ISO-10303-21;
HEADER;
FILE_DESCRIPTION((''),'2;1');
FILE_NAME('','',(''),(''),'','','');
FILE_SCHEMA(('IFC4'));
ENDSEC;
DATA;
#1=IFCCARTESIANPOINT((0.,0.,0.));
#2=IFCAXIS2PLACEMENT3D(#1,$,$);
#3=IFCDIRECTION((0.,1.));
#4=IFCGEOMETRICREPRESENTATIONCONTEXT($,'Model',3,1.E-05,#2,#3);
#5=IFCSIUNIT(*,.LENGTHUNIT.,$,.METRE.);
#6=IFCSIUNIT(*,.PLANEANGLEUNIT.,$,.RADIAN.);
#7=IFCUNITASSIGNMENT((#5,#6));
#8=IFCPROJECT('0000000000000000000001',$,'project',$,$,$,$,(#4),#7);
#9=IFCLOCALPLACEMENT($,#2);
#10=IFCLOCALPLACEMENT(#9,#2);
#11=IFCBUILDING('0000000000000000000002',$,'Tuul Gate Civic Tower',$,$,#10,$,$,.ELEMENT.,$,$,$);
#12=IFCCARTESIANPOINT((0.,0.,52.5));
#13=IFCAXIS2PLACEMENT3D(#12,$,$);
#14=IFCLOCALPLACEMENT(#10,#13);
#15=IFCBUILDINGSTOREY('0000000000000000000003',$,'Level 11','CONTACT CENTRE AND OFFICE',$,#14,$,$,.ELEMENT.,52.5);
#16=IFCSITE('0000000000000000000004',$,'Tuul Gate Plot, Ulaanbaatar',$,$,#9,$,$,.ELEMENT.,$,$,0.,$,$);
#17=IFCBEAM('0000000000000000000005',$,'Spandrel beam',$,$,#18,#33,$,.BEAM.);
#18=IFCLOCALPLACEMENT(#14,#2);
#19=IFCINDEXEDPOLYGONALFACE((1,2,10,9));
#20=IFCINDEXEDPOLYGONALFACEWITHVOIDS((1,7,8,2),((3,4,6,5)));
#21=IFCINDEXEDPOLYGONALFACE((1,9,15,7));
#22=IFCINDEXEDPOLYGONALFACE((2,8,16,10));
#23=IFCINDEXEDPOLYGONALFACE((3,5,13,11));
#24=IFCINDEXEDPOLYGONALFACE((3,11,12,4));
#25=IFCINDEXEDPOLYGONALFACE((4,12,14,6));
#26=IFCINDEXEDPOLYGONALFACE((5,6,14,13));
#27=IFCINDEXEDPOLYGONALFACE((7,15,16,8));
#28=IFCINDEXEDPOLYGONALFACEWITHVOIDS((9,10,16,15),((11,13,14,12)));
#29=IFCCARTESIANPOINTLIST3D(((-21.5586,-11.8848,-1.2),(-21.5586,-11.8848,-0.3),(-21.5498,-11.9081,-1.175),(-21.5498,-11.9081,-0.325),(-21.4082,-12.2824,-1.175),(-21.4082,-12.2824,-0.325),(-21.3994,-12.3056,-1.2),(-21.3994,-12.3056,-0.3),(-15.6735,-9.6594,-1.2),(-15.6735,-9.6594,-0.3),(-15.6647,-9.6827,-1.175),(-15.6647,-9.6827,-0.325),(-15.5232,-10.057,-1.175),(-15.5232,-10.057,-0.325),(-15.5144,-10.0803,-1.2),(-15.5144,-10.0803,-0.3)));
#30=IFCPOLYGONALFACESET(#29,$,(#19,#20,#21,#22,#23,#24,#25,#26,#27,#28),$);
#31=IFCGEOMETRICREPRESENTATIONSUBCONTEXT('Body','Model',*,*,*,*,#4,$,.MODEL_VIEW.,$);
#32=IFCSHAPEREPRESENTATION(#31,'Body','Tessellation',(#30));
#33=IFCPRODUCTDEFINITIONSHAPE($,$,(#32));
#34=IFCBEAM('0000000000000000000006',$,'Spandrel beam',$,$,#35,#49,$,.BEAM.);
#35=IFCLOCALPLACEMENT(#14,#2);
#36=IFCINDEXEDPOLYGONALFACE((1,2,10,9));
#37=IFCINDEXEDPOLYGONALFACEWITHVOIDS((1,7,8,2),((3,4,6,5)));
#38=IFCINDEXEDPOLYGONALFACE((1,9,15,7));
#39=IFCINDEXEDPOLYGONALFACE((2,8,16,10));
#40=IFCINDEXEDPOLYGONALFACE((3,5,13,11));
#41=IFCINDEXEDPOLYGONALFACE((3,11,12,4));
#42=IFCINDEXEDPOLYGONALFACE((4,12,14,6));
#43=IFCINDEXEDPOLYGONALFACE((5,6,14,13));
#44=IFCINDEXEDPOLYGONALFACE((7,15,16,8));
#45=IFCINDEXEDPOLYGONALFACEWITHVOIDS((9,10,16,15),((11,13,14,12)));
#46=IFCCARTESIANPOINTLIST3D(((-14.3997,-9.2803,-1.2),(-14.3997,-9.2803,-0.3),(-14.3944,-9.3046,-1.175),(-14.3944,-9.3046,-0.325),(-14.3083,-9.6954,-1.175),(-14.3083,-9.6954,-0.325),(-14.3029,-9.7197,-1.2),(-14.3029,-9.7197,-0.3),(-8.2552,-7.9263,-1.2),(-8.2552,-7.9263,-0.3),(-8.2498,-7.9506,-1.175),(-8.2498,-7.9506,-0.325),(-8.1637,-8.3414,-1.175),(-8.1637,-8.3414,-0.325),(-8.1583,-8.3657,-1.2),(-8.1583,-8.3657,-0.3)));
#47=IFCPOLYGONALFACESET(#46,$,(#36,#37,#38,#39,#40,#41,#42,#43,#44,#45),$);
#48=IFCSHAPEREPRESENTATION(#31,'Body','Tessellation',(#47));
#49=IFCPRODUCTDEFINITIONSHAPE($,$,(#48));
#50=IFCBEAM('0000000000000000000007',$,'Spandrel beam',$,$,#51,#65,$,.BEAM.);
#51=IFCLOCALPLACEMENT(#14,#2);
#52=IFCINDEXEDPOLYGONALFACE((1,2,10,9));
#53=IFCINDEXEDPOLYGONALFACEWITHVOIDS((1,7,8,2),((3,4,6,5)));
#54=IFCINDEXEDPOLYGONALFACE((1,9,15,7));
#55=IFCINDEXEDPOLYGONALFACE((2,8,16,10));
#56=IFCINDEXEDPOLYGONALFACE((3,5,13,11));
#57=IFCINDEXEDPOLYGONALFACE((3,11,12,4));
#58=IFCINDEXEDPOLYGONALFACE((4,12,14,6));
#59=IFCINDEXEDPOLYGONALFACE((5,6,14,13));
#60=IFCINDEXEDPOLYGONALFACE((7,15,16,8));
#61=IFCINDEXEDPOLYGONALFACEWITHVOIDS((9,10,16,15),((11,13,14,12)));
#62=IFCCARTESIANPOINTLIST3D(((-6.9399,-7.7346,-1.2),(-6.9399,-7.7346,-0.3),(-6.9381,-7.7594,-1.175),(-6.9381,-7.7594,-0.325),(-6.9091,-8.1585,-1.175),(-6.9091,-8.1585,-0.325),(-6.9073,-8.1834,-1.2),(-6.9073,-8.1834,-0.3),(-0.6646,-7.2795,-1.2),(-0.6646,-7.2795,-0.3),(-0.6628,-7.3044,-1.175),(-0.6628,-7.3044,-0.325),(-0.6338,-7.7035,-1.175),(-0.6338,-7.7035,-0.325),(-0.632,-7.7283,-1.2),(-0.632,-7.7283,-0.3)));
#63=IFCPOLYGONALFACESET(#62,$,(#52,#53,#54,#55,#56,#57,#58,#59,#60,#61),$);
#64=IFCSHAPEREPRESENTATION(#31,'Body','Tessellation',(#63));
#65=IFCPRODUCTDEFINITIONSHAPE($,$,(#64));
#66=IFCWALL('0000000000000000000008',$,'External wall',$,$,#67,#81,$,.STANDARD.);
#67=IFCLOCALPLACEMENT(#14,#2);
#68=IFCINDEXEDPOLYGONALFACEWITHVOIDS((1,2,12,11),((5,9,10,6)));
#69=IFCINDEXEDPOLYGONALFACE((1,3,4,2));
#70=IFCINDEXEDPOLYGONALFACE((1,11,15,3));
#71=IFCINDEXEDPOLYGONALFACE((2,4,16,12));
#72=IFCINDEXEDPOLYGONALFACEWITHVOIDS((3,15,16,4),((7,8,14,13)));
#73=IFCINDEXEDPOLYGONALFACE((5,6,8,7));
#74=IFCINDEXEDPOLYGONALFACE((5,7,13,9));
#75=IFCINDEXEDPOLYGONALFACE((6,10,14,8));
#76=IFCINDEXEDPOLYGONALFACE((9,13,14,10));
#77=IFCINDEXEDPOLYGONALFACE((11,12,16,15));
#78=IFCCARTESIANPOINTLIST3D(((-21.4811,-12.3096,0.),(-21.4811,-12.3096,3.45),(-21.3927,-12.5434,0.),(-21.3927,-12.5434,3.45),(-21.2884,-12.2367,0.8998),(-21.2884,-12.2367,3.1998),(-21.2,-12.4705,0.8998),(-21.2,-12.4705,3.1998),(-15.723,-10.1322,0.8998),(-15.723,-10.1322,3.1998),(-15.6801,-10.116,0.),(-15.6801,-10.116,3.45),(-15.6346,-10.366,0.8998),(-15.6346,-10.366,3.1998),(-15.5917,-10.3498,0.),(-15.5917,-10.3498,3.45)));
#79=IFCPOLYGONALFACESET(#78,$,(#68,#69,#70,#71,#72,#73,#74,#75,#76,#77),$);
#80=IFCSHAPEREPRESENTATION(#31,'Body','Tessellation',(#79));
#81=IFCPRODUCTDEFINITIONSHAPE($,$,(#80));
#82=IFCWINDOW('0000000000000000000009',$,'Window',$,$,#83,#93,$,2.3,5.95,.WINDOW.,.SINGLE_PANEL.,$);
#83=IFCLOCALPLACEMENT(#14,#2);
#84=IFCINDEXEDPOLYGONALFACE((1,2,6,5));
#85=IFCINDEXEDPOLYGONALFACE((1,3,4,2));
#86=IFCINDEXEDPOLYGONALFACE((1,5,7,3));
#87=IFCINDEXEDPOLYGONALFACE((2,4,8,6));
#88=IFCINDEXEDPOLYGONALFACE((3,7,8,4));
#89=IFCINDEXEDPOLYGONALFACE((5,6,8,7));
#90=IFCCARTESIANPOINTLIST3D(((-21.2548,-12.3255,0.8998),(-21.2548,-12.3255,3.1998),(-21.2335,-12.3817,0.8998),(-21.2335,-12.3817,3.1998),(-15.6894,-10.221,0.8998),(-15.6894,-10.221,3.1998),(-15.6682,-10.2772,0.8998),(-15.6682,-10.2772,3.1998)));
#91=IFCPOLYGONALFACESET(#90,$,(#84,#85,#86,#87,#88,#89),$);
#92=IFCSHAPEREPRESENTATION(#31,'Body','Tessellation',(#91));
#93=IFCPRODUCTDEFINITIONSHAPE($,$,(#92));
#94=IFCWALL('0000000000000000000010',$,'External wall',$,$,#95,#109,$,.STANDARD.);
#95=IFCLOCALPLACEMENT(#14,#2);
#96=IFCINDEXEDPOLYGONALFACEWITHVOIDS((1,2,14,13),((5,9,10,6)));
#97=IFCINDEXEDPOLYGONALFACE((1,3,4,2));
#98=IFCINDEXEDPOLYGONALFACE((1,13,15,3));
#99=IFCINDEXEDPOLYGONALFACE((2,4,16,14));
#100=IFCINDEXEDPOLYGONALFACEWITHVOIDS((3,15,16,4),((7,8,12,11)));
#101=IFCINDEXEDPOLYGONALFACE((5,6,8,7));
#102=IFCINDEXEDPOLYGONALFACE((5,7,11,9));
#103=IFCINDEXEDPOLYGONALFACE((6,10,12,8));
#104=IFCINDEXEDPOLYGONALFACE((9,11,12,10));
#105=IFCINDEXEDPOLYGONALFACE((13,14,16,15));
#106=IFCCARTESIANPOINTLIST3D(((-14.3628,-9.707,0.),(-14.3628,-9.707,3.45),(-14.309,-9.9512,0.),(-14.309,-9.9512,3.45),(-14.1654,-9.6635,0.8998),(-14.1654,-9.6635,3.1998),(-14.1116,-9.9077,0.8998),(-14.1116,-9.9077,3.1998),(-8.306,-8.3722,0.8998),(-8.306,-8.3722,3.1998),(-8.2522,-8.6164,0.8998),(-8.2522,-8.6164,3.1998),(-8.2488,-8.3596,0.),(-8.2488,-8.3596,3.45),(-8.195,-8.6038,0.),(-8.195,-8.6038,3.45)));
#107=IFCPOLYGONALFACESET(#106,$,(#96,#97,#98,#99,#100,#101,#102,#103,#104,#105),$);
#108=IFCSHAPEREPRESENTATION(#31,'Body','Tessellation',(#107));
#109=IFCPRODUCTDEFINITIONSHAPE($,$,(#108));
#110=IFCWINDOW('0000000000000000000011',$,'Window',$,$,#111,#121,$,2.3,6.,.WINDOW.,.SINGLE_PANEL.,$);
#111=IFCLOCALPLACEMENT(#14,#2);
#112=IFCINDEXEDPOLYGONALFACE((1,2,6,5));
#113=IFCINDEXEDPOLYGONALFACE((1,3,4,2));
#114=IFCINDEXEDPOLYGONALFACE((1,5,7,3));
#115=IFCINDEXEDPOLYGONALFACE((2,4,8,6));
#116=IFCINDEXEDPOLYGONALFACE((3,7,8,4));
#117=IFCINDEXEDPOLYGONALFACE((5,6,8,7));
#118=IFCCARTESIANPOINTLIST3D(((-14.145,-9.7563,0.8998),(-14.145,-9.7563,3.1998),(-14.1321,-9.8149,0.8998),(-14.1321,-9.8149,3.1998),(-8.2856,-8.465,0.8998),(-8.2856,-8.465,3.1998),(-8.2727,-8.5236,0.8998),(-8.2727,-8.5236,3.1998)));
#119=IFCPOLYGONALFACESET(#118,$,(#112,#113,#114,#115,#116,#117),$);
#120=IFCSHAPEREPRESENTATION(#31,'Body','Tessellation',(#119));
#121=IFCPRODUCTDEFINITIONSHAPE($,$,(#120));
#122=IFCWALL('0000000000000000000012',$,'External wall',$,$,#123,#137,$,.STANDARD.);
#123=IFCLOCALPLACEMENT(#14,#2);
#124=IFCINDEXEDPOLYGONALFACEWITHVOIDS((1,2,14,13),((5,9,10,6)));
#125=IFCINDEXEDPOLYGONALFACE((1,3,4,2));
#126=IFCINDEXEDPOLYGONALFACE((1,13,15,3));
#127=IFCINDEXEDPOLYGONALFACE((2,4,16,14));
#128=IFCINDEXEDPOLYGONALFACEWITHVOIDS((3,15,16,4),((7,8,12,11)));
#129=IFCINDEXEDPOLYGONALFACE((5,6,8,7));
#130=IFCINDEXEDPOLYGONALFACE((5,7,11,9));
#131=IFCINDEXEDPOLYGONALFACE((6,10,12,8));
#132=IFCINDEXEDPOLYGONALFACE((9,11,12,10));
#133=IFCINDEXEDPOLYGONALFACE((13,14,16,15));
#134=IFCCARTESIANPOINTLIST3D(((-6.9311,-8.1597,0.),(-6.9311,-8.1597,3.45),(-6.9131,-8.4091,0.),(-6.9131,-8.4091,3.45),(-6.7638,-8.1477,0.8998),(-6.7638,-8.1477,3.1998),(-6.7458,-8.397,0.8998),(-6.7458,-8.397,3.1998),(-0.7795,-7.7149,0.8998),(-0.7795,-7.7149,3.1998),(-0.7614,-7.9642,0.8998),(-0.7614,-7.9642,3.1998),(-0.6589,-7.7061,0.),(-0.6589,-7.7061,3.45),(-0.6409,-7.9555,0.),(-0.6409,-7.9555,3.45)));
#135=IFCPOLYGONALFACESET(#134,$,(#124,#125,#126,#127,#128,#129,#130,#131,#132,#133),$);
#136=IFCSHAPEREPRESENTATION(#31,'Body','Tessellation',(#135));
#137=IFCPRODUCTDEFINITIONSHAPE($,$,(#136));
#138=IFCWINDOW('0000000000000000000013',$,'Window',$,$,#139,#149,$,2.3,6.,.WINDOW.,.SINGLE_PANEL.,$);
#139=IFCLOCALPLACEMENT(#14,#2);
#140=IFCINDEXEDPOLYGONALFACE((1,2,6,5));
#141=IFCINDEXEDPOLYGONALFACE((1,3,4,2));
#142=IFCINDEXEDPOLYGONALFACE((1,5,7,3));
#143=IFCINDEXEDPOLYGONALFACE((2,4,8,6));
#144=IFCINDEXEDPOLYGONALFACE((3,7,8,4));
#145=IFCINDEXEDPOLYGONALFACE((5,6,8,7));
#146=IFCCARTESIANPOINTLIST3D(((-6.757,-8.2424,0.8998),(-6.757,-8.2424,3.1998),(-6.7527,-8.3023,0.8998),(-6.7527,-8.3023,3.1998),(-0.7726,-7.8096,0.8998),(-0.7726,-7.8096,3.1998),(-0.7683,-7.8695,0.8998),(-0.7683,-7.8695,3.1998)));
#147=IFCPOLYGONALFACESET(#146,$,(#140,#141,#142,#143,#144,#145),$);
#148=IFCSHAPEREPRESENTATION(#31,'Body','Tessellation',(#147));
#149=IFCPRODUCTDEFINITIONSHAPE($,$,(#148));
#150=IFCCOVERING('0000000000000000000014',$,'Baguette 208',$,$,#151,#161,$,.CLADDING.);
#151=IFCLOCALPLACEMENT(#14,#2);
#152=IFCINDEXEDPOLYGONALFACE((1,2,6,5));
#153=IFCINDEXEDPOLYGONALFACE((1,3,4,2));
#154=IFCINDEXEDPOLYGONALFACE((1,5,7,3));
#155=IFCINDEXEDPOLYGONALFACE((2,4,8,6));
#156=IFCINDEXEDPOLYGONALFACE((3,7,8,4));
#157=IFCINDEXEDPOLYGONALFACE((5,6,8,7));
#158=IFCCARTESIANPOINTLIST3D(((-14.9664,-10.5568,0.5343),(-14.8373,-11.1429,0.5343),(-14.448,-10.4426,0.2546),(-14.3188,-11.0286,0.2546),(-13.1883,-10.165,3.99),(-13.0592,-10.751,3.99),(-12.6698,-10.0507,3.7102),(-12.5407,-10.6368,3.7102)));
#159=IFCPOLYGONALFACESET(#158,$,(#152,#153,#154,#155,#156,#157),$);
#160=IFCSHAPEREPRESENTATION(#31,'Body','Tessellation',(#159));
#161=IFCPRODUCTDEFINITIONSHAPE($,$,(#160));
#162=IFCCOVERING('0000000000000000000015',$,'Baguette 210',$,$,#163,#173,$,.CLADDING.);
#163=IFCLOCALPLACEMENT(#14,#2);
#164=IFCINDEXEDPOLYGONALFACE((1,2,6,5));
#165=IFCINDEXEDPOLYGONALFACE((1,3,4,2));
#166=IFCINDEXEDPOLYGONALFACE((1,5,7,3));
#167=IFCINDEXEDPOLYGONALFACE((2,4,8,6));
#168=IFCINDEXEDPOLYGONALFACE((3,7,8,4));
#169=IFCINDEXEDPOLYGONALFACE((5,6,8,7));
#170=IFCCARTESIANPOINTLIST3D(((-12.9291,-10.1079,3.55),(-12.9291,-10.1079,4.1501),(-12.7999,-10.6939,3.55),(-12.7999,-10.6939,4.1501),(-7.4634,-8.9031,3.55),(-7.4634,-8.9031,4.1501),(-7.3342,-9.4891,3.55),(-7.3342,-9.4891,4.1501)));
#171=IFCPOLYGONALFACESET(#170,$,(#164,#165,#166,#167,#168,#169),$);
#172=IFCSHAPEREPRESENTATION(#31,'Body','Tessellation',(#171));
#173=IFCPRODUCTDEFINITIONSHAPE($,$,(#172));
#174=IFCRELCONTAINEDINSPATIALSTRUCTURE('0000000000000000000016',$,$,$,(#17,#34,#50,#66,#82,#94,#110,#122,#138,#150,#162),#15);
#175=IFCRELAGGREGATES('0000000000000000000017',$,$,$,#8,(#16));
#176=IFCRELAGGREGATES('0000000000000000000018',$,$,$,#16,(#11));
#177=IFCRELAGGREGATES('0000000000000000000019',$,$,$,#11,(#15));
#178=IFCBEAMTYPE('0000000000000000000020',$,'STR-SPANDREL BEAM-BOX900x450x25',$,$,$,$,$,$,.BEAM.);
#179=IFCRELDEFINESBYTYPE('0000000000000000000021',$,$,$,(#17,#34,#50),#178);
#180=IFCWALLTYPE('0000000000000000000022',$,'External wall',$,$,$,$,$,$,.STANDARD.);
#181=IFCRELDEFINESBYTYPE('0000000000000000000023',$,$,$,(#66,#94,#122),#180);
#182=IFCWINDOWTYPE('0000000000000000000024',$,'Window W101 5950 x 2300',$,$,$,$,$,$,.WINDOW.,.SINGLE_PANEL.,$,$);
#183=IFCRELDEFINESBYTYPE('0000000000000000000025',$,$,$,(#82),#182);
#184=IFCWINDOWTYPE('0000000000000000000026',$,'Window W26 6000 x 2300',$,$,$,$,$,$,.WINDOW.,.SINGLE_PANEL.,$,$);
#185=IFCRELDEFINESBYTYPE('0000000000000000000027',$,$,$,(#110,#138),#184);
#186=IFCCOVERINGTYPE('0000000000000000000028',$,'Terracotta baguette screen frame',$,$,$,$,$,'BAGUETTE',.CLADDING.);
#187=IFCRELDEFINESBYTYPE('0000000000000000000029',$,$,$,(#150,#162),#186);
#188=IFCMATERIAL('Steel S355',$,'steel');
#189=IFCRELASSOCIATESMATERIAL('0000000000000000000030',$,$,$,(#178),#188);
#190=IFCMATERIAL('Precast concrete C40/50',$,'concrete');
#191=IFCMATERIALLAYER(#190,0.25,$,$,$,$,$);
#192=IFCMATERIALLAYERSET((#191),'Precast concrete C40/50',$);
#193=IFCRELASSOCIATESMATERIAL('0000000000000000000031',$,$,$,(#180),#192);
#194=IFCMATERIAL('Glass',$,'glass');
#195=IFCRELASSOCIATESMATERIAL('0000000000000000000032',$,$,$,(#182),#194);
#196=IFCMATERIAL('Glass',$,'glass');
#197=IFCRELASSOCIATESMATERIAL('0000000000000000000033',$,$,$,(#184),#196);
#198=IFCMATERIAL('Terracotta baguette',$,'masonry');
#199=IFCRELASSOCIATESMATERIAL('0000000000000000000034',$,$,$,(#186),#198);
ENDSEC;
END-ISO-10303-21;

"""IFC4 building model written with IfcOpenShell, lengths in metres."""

from ifc_helpers import new_model, si_unit, direction, frame, frame_2d, origin, origin_2d, place, context, subcontext, project, spatial, rectangle, hollow_rectangle, extrude, material, layer, layer_set, material_profile, profile_set, type_object, element, fill, save


model = new_model("IFC4")

# Units and contexts
model_context = context("Model", 3, precision=1e-05, world=origin(), true_north=direction((0.0, 1.0)))
body_context = subcontext(model_context, "Body", "Model", "MODEL_VIEW")
ifc_project = project(units=[si_unit("LENGTHUNIT", "METRE"), si_unit("PLANEANGLEUNIT", "RADIAN")], contexts=[model_context])

# Site, building, storey
site_placement = place(None, origin())
site = spatial("IfcSite", under=ifc_project, at=site_placement, Name="Tuul Gate Plot, Ulaanbaatar", CompositionType="ELEMENT", RefElevation=0.0)
building_placement = place(site_placement, origin())
building = spatial("IfcBuilding", under=site, at=building_placement, Name="Tuul Gate Civic Tower", CompositionType="ELEMENT")
storey_placement = place(building_placement, frame((0.0, 0.0, 52.5)))
storey = spatial("IfcBuildingStorey", under=building, at=storey_placement, Name="Level 11", Description="CONTACT CENTRE AND OFFICE", CompositionType="ELEMENT", Elevation=52.5)

# Beams
ifc_material_1 = material(Name="Steel S355", Category="steel")
ifc_material_profile_1 = material_profile(ifc_material_1, hollow_rectangle(XDim=0.45, YDim=0.8999, WallThickness=0.0249, at=origin_2d()), Name="BOX900x450x25")
ifc_profile_set_1 = profile_set([ifc_material_profile_1], Name="Steel S355")
beam_type_1 = type_object("IfcBeamType", Name="STR-SPANDREL BEAM-BOX900x450x25", PredefinedType="BEAM", material=ifc_profile_set_1)
beam_1_placement = place(storey_placement, frame((-21.479, -12.0952, -0.75), z_axis=(0.935361, 0.353695, 0.0), x_axis=(-0.353695, 0.935361, 0.0)))
element("IfcBeam", 1, at=beam_1_placement, inside=storey, type_object=beam_type_1, Name="Spandrel beam", PredefinedType="BEAM", context=body_context, shape_type="SweptSolid", body=[
    extrude(hollow_rectangle(XDim=0.45, YDim=0.8999, WallThickness=0.0249, at=origin_2d()), origin(), (0.0, 0.0, 1.0), 6.2917),
])
beam_2_placement = place(storey_placement, frame((-14.3513, -9.5, -0.75), z_axis=(0.976571, 0.215196, 0.0), x_axis=(-0.215196, 0.976571, 0.0)))
element("IfcBeam", 2, at=beam_2_placement, inside=storey, type_object=beam_type_1, Name="Spandrel beam", PredefinedType="BEAM", context=body_context, shape_type="SweptSolid", body=[
    extrude(hollow_rectangle(XDim=0.45, YDim=0.8999, WallThickness=0.0249, at=origin_2d()), origin(), (0.0, 0.0, 1.0), 6.292),
])
beam_3_placement = place(storey_placement, frame((-6.9236, -7.959, -0.75), z_axis=(0.997381, 0.072328, 0.0), x_axis=(-0.072328, 0.997381, 0.0)))
element("IfcBeam", 3, at=beam_3_placement, inside=storey, type_object=beam_type_1, Name="Spandrel beam", PredefinedType="BEAM", context=body_context, shape_type="SweptSolid", body=[
    extrude(hollow_rectangle(XDim=0.45, YDim=0.8999, WallThickness=0.0249, at=origin_2d()), origin(), (0.0, 0.0, 1.0), 6.2917),
])

# Walls, openings, windows
ifc_material_2 = material(Name="Precast concrete C40/50", Category="concrete")
ifc_layer = layer(ifc_material_2, 0.25)
ifc_layer_set = layer_set([ifc_layer], Name="Precast concrete C40/50")
wall_type = type_object("IfcWallType", Name="External wall", PredefinedType="STANDARD", material=ifc_layer_set)
wall_1_placement = place(storey_placement, frame((-21.437, -12.4265, 0.0), z_axis=(0.0, 0.0, 1.0), x_axis=(0.93536, 0.353698, 0.0)))
wall_1 = element("IfcWall", 4, at=wall_1_placement, inside=storey, type_object=wall_type, Name="External wall", PredefinedType="STANDARD", context=body_context, shape_type="SweptSolid", body=[
    extrude(rectangle(XDim=6.2019, YDim=0.25, at=frame_2d((3.1011, 0.0))), origin(), (0.0, 0.0, 1.0), 3.45),
])
opening_1_placement = place(wall_1_placement, frame((0.2061, 0.0, 0.8999)))
opening_1 = element("IfcOpeningElement", 5, at=opening_1_placement, cuts=wall_1, PredefinedType="OPENING", context=body_context, shape_type="SweptSolid", body=[
    extrude(rectangle(XDim=5.95, YDim=2.3, at=frame_2d((2.9751, 1.1499))), frame((0.0, 0.135, 0.0), z_axis=(0.0, -1.0, 0.0), x_axis=(1.0, 0.0, 0.0)), (0.0, 0.0, 1.0), 0.27),
])
ifc_material_3 = material(Name="Glass", Category="glass")
window_type_1 = type_object("IfcWindowType", Name="Window W101 5950 x 2300", PartitioningType="SINGLE_PANEL", PredefinedType="WINDOW", material=ifc_material_3)
window_1_placement = place(opening_1_placement, origin())
window_1 = element("IfcWindow", 6, at=window_1_placement, inside=storey, type_object=window_type_1, Name="Window", OverallHeight=2.3, OverallWidth=5.95, PartitioningType="SINGLE_PANEL", PredefinedType="WINDOW", context=body_context, shape_type="SweptSolid", body=[
    extrude(rectangle(XDim=5.95, YDim=2.3, at=frame_2d((2.9751, 1.1499))), frame((0.0, 0.03, 0.0), z_axis=(0.0, -1.0, 0.0), x_axis=(1.0, 0.0, 0.0)), (0.0, 0.0, 1.0), 0.0601),
])
fill(opening_1, window_1)
wall_2_placement = place(storey_placement, frame((-14.3359, -9.8291, 0.0), z_axis=(0.0, 0.0, 1.0), x_axis=(0.976566, 0.215217, 0.0)))
wall_2 = element("IfcWall", 7, at=wall_2_placement, inside=storey, type_object=wall_type, Name="External wall", PredefinedType="STANDARD", context=body_context, shape_type="SweptSolid", body=[
    extrude(rectangle(XDim=6.2607, YDim=0.25, at=frame_2d((3.1304, 0.0))), origin(), (0.0, 0.0, 1.0), 3.45),
])
opening_2_placement = place(wall_2_placement, frame((0.2021, 0.0, 0.8999)))
opening_2 = element("IfcOpeningElement", 8, at=opening_2_placement, cuts=wall_2, PredefinedType="OPENING", context=body_context, shape_type="SweptSolid", body=[
    extrude(rectangle(XDim=6.0, YDim=2.3, at=frame_2d((3.0, 1.1499))), frame((0.0, 0.135, 0.0), z_axis=(0.0, -1.0, 0.0), x_axis=(1.0, 0.0, 0.0)), (0.0, 0.0, 1.0), 0.27),
])
ifc_material_4 = material(Name="Glass", Category="glass")
window_type_2 = type_object("IfcWindowType", Name="Window W26 6000 x 2300", PartitioningType="SINGLE_PANEL", PredefinedType="WINDOW", material=ifc_material_4)
window_2_placement = place(opening_2_placement, origin())
window_2 = element("IfcWindow", 9, at=window_2_placement, inside=storey, type_object=window_type_2, Name="Window", OverallHeight=2.3, OverallWidth=6.0, PartitioningType="SINGLE_PANEL", PredefinedType="WINDOW", context=body_context, shape_type="SweptSolid", body=[
    extrude(rectangle(XDim=6.0, YDim=2.3, at=frame_2d((3.0, 1.1499))), frame((0.0, 0.03, 0.0), z_axis=(0.0, -1.0, 0.0), x_axis=(1.0, 0.0, 0.0)), (0.0, 0.0, 1.0), 0.0601),
])
fill(opening_2, window_2)
wall_3_placement = place(storey_placement, frame((-6.9221, -8.2844, 0.0), z_axis=(0.0, 0.0, 1.0), x_axis=(0.997395, 0.072133, 0.0)))
wall_3 = element("IfcWall", 10, at=wall_3_placement, inside=storey, type_object=wall_type, Name="External wall", PredefinedType="STANDARD", context=body_context, shape_type="SweptSolid", body=[
    extrude(rectangle(XDim=6.2886, YDim=0.25, at=frame_2d((3.1443, 0.0))), origin(), (0.0, 0.0, 1.0), 3.45),
])
opening_3_placement = place(wall_3_placement, frame((0.1677, 0.0, 0.8999)))
opening_3 = element("IfcOpeningElement", 11, at=opening_3_placement, cuts=wall_3, PredefinedType="OPENING", context=body_context, shape_type="SweptSolid", body=[
    extrude(rectangle(XDim=6.0, YDim=2.3, at=frame_2d((3.0, 1.1499))), frame((0.0, 0.135, 0.0), z_axis=(0.0, -1.0, 0.0), x_axis=(1.0, 0.0, 0.0)), (0.0, 0.0, 1.0), 0.27),
])
window_3_placement = place(opening_3_placement, origin())
window_3 = element("IfcWindow", 12, at=window_3_placement, inside=storey, type_object=window_type_2, Name="Window", OverallHeight=2.3, OverallWidth=6.0, PartitioningType="SINGLE_PANEL", PredefinedType="WINDOW", context=body_context, shape_type="SweptSolid", body=[
    extrude(rectangle(XDim=6.0, YDim=2.3, at=frame_2d((3.0, 1.1499))), frame((0.0, 0.03, 0.0), z_axis=(0.0, -1.0, 0.0), x_axis=(1.0, 0.0, 0.0)), (0.0, 0.0, 1.0), 0.0601),
])
fill(opening_3, window_3)

# Coverings
ifc_material_5 = material(Name="Terracotta baguette", Category="masonry")
ifc_material_profile_2 = material_profile(ifc_material_5, rectangle(XDim=0.6001, YDim=0.6001, at=origin_2d()), Name="Terracotta baguette screen frame")
ifc_profile_set_2 = profile_set([ifc_material_profile_2], Name="Terracotta baguette")
covering_type = type_object("IfcCoveringType", Name="Terracotta baguette screen frame", ElementType="BAGUETTE", PredefinedType="CLADDING", material=ifc_profile_set_2)
covering_1_placement = place(storey_placement, frame((-12.8645, -10.4009, 3.8501), z_axis=(-0.455229, -0.100322, -0.884705), x_axis=(0.215212, -0.976567, 0.0)))
element("IfcCovering", 13, at=covering_1_placement, inside=storey, type_object=covering_type, Name="Baguette 208", PredefinedType="CLADDING", context=body_context, shape_type="SweptSolid", body=[
    extrude(rectangle(XDim=0.6001, YDim=0.6001, at=origin_2d()), origin(), (0.0, 0.0, 1.0), 3.906),
])
covering_2_placement = place(storey_placement, frame((-12.8645, -10.4009, 3.8501), z_axis=(0.976556, 0.215263, 0.0), x_axis=(-0.215263, 0.976556, 0.0)))
element("IfcCovering", 14, at=covering_2_placement, inside=storey, type_object=covering_type, Name="Baguette 210", PredefinedType="CLADDING", context=body_context, shape_type="SweptSolid", body=[
    extrude(rectangle(XDim=0.6001, YDim=0.6001, at=origin_2d()), origin(), (0.0, 0.0, 1.0), 5.5969),
])

save(model, "model.ifc")
